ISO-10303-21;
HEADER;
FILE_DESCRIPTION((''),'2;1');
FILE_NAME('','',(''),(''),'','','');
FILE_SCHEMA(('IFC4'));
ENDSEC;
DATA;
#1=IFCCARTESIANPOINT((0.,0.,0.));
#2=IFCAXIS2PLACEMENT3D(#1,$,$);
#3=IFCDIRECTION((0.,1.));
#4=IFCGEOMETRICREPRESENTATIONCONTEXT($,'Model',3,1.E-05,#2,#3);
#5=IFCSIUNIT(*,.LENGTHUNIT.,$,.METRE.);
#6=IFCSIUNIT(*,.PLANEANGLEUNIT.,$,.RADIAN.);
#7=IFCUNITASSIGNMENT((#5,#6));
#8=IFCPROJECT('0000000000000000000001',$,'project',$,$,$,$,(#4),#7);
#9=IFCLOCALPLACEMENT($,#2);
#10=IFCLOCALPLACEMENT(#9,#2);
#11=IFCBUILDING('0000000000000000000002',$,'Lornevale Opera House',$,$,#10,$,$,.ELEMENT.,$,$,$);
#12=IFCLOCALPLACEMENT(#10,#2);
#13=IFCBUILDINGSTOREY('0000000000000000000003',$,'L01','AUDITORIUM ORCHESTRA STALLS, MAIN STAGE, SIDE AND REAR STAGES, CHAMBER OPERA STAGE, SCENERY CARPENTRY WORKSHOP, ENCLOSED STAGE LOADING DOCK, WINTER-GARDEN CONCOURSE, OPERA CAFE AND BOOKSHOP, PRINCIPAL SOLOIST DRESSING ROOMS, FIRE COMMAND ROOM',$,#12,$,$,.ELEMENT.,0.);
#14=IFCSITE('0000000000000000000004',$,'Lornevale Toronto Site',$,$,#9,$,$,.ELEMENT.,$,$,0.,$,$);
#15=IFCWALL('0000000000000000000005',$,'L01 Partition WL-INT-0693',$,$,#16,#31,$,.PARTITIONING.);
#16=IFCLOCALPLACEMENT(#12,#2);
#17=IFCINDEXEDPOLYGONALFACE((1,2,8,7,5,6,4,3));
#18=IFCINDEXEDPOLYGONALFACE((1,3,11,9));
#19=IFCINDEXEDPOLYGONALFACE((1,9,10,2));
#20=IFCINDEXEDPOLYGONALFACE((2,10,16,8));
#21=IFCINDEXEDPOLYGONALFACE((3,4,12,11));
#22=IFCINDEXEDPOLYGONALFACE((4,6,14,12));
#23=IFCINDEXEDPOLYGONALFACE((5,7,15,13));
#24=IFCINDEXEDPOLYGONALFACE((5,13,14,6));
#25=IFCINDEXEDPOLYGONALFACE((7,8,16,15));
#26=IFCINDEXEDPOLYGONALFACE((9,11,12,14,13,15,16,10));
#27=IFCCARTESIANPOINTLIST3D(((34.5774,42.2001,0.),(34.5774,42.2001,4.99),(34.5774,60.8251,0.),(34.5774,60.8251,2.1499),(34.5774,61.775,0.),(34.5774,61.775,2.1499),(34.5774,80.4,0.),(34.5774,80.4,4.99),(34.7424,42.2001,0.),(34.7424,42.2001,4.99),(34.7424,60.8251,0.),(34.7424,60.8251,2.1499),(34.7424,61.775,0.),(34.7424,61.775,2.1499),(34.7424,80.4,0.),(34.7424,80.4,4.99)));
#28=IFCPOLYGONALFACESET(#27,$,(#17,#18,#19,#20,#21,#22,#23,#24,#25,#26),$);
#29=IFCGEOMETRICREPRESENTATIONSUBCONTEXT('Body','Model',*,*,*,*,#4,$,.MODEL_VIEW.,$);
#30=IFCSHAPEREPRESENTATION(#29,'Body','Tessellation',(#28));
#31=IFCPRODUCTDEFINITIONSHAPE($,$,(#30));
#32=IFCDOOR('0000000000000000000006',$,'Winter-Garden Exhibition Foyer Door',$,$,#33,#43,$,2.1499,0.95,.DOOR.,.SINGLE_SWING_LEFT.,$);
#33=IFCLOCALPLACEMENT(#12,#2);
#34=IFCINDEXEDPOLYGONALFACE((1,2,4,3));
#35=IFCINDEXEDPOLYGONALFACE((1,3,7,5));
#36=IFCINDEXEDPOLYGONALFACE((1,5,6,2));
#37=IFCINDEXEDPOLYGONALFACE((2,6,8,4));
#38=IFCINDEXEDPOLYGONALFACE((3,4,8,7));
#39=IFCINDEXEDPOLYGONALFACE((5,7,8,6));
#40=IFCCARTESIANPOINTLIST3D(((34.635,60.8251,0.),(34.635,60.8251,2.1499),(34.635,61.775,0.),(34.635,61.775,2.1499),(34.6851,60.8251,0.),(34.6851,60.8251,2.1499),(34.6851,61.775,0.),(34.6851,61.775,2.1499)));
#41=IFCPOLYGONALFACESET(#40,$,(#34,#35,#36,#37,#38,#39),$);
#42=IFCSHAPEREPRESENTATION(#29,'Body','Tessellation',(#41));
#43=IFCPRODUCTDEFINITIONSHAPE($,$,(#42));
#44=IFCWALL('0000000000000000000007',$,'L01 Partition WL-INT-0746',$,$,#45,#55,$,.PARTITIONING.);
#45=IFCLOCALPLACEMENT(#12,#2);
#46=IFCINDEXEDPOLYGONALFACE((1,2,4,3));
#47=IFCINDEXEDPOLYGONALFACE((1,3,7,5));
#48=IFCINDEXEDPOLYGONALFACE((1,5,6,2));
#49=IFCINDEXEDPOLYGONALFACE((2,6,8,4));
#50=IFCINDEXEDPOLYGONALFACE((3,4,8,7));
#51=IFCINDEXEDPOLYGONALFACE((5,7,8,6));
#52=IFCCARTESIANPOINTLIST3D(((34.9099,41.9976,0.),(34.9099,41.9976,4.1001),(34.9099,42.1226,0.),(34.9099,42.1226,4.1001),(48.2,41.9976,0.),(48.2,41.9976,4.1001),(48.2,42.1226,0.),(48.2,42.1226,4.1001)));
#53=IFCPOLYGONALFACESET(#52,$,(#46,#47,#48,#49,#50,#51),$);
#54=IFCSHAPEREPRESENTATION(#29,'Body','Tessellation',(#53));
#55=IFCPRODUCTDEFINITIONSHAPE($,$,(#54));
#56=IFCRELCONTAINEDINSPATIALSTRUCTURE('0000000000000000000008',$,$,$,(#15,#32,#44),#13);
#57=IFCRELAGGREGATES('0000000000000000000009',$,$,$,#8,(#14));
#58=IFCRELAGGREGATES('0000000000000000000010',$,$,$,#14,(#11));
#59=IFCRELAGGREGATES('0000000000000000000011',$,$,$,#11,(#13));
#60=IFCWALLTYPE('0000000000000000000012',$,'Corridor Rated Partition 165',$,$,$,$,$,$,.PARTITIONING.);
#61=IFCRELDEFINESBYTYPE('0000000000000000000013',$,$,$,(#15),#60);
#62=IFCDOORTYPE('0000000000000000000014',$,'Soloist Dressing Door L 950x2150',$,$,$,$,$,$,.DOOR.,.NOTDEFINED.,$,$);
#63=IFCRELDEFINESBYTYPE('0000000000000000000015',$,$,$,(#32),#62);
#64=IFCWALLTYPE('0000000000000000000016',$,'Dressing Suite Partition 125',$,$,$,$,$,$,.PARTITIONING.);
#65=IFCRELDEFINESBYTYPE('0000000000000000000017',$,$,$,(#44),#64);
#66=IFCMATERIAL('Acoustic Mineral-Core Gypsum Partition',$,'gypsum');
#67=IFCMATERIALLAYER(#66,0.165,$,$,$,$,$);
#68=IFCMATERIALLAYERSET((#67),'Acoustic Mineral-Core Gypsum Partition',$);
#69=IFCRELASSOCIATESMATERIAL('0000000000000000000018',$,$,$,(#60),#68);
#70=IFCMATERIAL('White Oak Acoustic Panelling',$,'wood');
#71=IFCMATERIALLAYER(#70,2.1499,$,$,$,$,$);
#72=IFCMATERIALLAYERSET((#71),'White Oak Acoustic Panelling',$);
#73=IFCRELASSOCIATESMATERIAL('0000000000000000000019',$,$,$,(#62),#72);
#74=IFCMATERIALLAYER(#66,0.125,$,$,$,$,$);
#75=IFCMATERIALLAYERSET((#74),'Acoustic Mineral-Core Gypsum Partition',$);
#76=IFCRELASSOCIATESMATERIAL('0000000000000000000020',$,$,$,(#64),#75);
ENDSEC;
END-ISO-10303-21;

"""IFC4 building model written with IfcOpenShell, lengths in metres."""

from ifc_helpers import new_model, si_unit, direction, frame, frame_2d, origin, place, context, subcontext, project, spatial, rectangle, extrude, material, layer, layer_set, type_object, element, fill, save


model = new_model("IFC4")

# Units and contexts
model_context = context("Model", 3, precision=1e-05, world=origin(), true_north=direction((0.0, 1.0)))
body_context = subcontext(model_context, "Body", "Model", "MODEL_VIEW")
ifc_project = project(units=[si_unit("LENGTHUNIT", "METRE"), si_unit("PLANEANGLEUNIT", "RADIAN")], contexts=[model_context])

# Site, building, storey
site_placement = place(None, origin())
site = spatial("IfcSite", under=ifc_project, at=site_placement, Name="Lornevale Toronto Site", CompositionType="ELEMENT", RefElevation=0.0)
building_placement = place(site_placement, origin())
building = spatial("IfcBuilding", under=site, at=building_placement, Name="Lornevale Opera House", CompositionType="ELEMENT")
storey_placement = place(building_placement, origin())
storey = spatial("IfcBuildingStorey", under=building, at=storey_placement, Name="L01", Description="AUDITORIUM ORCHESTRA STALLS, MAIN STAGE, SIDE AND REAR STAGES, CHAMBER OPERA STAGE, SCENERY CARPENTRY WORKSHOP, ENCLOSED STAGE LOADING DOCK, WINTER-GARDEN CONCOURSE, OPERA CAFE AND BOOKSHOP, PRINCIPAL SOLOIST DRESSING ROOMS, FIRE COMMAND ROOM", CompositionType="ELEMENT", Elevation=0.0)

# Wall, opening, door
ifc_material_1 = material(Name="Acoustic Mineral-Core Gypsum Partition", Category="gypsum")
ifc_layer_1 = layer(ifc_material_1, 0.165)
ifc_layer_set_1 = layer_set([ifc_layer_1], Name="Acoustic Mineral-Core Gypsum Partition")
wall_type_1 = type_object("IfcWallType", Name="Corridor Rated Partition 165", PredefinedType="PARTITIONING", material=ifc_layer_set_1)
wall_1_placement = place(storey_placement, frame((34.6599, 42.2, 0.0), z_axis=(0.0, 0.0, 1.0), x_axis=(0.0, 1.0, 0.0)))
wall_1 = element("IfcWall", 1, at=wall_1_placement, inside=storey, type_object=wall_type_1, Name="L01 Partition WL-INT-0693", PredefinedType="PARTITIONING", context=body_context, shape_type="SweptSolid", body=[
    extrude(rectangle(XDim=38.2, YDim=0.165, at=frame_2d((19.1001, 0.0))), origin(), (0.0, 0.0, 1.0), 4.99),
])
opening_placement = place(wall_1_placement, frame((18.625, 0.0, 0.0)))
opening = element("IfcOpeningElement", 2, at=opening_placement, cuts=wall_1, PredefinedType="OPENING", context=body_context, shape_type="SweptSolid", body=[
    extrude(rectangle(XDim=0.95, YDim=2.1499, at=frame_2d((0.4751, 1.075))), frame((0.0, 0.0925, 0.0), z_axis=(0.0, -1.0, 0.0), x_axis=(1.0, 0.0, 0.0)), (0.0, 0.0, 1.0), 0.1851),
])
ifc_material_2 = material(Name="White Oak Acoustic Panelling", Category="wood")
ifc_layer_2 = layer(ifc_material_2, 2.1499)
ifc_layer_set_2 = layer_set([ifc_layer_2], Name="White Oak Acoustic Panelling")
door_type = type_object("IfcDoorType", Name="Soloist Dressing Door L 950x2150", OperationType="NOTDEFINED", PredefinedType="DOOR", material=ifc_layer_set_2)
door_placement = place(opening_placement, origin())
door = element("IfcDoor", 3, at=door_placement, inside=storey, type_object=door_type, Name="Winter-Garden Exhibition Foyer Door", OperationType="SINGLE_SWING_LEFT", OverallHeight=2.1499, OverallWidth=0.95, PredefinedType="DOOR", context=body_context, shape_type="SweptSolid", body=[
    extrude(rectangle(XDim=0.95, YDim=2.1499, at=frame_2d((0.4751, 1.075))), frame((0.0, 0.0249, 0.0), z_axis=(0.0, -1.0, 0.0), x_axis=(1.0, 0.0, 0.0)), (0.0, 0.0, 1.0), 0.05),
])
fill(opening, door)

# Wall
ifc_layer_3 = layer(ifc_material_1, 0.125)
ifc_layer_set_3 = layer_set([ifc_layer_3], Name="Acoustic Mineral-Core Gypsum Partition")
wall_type_2 = type_object("IfcWallType", Name="Dressing Suite Partition 125", PredefinedType="PARTITIONING", material=ifc_layer_set_3)
wall_2_placement = place(storey_placement, frame((34.9099, 42.0601, 0.0), z_axis=(0.0, 0.0, 1.0), x_axis=(1.0, 0.0, 0.0)))
element("IfcWall", 4, at=wall_2_placement, inside=storey, type_object=wall_type_2, Name="L01 Partition WL-INT-0746", PredefinedType="PARTITIONING", context=body_context, shape_type="SweptSolid", body=[
    extrude(rectangle(XDim=13.29, YDim=0.125, at=frame_2d((6.645, 0.0))), origin(), (0.0, 0.0, 1.0), 4.1001),
])

save(model, "model.ifc")
